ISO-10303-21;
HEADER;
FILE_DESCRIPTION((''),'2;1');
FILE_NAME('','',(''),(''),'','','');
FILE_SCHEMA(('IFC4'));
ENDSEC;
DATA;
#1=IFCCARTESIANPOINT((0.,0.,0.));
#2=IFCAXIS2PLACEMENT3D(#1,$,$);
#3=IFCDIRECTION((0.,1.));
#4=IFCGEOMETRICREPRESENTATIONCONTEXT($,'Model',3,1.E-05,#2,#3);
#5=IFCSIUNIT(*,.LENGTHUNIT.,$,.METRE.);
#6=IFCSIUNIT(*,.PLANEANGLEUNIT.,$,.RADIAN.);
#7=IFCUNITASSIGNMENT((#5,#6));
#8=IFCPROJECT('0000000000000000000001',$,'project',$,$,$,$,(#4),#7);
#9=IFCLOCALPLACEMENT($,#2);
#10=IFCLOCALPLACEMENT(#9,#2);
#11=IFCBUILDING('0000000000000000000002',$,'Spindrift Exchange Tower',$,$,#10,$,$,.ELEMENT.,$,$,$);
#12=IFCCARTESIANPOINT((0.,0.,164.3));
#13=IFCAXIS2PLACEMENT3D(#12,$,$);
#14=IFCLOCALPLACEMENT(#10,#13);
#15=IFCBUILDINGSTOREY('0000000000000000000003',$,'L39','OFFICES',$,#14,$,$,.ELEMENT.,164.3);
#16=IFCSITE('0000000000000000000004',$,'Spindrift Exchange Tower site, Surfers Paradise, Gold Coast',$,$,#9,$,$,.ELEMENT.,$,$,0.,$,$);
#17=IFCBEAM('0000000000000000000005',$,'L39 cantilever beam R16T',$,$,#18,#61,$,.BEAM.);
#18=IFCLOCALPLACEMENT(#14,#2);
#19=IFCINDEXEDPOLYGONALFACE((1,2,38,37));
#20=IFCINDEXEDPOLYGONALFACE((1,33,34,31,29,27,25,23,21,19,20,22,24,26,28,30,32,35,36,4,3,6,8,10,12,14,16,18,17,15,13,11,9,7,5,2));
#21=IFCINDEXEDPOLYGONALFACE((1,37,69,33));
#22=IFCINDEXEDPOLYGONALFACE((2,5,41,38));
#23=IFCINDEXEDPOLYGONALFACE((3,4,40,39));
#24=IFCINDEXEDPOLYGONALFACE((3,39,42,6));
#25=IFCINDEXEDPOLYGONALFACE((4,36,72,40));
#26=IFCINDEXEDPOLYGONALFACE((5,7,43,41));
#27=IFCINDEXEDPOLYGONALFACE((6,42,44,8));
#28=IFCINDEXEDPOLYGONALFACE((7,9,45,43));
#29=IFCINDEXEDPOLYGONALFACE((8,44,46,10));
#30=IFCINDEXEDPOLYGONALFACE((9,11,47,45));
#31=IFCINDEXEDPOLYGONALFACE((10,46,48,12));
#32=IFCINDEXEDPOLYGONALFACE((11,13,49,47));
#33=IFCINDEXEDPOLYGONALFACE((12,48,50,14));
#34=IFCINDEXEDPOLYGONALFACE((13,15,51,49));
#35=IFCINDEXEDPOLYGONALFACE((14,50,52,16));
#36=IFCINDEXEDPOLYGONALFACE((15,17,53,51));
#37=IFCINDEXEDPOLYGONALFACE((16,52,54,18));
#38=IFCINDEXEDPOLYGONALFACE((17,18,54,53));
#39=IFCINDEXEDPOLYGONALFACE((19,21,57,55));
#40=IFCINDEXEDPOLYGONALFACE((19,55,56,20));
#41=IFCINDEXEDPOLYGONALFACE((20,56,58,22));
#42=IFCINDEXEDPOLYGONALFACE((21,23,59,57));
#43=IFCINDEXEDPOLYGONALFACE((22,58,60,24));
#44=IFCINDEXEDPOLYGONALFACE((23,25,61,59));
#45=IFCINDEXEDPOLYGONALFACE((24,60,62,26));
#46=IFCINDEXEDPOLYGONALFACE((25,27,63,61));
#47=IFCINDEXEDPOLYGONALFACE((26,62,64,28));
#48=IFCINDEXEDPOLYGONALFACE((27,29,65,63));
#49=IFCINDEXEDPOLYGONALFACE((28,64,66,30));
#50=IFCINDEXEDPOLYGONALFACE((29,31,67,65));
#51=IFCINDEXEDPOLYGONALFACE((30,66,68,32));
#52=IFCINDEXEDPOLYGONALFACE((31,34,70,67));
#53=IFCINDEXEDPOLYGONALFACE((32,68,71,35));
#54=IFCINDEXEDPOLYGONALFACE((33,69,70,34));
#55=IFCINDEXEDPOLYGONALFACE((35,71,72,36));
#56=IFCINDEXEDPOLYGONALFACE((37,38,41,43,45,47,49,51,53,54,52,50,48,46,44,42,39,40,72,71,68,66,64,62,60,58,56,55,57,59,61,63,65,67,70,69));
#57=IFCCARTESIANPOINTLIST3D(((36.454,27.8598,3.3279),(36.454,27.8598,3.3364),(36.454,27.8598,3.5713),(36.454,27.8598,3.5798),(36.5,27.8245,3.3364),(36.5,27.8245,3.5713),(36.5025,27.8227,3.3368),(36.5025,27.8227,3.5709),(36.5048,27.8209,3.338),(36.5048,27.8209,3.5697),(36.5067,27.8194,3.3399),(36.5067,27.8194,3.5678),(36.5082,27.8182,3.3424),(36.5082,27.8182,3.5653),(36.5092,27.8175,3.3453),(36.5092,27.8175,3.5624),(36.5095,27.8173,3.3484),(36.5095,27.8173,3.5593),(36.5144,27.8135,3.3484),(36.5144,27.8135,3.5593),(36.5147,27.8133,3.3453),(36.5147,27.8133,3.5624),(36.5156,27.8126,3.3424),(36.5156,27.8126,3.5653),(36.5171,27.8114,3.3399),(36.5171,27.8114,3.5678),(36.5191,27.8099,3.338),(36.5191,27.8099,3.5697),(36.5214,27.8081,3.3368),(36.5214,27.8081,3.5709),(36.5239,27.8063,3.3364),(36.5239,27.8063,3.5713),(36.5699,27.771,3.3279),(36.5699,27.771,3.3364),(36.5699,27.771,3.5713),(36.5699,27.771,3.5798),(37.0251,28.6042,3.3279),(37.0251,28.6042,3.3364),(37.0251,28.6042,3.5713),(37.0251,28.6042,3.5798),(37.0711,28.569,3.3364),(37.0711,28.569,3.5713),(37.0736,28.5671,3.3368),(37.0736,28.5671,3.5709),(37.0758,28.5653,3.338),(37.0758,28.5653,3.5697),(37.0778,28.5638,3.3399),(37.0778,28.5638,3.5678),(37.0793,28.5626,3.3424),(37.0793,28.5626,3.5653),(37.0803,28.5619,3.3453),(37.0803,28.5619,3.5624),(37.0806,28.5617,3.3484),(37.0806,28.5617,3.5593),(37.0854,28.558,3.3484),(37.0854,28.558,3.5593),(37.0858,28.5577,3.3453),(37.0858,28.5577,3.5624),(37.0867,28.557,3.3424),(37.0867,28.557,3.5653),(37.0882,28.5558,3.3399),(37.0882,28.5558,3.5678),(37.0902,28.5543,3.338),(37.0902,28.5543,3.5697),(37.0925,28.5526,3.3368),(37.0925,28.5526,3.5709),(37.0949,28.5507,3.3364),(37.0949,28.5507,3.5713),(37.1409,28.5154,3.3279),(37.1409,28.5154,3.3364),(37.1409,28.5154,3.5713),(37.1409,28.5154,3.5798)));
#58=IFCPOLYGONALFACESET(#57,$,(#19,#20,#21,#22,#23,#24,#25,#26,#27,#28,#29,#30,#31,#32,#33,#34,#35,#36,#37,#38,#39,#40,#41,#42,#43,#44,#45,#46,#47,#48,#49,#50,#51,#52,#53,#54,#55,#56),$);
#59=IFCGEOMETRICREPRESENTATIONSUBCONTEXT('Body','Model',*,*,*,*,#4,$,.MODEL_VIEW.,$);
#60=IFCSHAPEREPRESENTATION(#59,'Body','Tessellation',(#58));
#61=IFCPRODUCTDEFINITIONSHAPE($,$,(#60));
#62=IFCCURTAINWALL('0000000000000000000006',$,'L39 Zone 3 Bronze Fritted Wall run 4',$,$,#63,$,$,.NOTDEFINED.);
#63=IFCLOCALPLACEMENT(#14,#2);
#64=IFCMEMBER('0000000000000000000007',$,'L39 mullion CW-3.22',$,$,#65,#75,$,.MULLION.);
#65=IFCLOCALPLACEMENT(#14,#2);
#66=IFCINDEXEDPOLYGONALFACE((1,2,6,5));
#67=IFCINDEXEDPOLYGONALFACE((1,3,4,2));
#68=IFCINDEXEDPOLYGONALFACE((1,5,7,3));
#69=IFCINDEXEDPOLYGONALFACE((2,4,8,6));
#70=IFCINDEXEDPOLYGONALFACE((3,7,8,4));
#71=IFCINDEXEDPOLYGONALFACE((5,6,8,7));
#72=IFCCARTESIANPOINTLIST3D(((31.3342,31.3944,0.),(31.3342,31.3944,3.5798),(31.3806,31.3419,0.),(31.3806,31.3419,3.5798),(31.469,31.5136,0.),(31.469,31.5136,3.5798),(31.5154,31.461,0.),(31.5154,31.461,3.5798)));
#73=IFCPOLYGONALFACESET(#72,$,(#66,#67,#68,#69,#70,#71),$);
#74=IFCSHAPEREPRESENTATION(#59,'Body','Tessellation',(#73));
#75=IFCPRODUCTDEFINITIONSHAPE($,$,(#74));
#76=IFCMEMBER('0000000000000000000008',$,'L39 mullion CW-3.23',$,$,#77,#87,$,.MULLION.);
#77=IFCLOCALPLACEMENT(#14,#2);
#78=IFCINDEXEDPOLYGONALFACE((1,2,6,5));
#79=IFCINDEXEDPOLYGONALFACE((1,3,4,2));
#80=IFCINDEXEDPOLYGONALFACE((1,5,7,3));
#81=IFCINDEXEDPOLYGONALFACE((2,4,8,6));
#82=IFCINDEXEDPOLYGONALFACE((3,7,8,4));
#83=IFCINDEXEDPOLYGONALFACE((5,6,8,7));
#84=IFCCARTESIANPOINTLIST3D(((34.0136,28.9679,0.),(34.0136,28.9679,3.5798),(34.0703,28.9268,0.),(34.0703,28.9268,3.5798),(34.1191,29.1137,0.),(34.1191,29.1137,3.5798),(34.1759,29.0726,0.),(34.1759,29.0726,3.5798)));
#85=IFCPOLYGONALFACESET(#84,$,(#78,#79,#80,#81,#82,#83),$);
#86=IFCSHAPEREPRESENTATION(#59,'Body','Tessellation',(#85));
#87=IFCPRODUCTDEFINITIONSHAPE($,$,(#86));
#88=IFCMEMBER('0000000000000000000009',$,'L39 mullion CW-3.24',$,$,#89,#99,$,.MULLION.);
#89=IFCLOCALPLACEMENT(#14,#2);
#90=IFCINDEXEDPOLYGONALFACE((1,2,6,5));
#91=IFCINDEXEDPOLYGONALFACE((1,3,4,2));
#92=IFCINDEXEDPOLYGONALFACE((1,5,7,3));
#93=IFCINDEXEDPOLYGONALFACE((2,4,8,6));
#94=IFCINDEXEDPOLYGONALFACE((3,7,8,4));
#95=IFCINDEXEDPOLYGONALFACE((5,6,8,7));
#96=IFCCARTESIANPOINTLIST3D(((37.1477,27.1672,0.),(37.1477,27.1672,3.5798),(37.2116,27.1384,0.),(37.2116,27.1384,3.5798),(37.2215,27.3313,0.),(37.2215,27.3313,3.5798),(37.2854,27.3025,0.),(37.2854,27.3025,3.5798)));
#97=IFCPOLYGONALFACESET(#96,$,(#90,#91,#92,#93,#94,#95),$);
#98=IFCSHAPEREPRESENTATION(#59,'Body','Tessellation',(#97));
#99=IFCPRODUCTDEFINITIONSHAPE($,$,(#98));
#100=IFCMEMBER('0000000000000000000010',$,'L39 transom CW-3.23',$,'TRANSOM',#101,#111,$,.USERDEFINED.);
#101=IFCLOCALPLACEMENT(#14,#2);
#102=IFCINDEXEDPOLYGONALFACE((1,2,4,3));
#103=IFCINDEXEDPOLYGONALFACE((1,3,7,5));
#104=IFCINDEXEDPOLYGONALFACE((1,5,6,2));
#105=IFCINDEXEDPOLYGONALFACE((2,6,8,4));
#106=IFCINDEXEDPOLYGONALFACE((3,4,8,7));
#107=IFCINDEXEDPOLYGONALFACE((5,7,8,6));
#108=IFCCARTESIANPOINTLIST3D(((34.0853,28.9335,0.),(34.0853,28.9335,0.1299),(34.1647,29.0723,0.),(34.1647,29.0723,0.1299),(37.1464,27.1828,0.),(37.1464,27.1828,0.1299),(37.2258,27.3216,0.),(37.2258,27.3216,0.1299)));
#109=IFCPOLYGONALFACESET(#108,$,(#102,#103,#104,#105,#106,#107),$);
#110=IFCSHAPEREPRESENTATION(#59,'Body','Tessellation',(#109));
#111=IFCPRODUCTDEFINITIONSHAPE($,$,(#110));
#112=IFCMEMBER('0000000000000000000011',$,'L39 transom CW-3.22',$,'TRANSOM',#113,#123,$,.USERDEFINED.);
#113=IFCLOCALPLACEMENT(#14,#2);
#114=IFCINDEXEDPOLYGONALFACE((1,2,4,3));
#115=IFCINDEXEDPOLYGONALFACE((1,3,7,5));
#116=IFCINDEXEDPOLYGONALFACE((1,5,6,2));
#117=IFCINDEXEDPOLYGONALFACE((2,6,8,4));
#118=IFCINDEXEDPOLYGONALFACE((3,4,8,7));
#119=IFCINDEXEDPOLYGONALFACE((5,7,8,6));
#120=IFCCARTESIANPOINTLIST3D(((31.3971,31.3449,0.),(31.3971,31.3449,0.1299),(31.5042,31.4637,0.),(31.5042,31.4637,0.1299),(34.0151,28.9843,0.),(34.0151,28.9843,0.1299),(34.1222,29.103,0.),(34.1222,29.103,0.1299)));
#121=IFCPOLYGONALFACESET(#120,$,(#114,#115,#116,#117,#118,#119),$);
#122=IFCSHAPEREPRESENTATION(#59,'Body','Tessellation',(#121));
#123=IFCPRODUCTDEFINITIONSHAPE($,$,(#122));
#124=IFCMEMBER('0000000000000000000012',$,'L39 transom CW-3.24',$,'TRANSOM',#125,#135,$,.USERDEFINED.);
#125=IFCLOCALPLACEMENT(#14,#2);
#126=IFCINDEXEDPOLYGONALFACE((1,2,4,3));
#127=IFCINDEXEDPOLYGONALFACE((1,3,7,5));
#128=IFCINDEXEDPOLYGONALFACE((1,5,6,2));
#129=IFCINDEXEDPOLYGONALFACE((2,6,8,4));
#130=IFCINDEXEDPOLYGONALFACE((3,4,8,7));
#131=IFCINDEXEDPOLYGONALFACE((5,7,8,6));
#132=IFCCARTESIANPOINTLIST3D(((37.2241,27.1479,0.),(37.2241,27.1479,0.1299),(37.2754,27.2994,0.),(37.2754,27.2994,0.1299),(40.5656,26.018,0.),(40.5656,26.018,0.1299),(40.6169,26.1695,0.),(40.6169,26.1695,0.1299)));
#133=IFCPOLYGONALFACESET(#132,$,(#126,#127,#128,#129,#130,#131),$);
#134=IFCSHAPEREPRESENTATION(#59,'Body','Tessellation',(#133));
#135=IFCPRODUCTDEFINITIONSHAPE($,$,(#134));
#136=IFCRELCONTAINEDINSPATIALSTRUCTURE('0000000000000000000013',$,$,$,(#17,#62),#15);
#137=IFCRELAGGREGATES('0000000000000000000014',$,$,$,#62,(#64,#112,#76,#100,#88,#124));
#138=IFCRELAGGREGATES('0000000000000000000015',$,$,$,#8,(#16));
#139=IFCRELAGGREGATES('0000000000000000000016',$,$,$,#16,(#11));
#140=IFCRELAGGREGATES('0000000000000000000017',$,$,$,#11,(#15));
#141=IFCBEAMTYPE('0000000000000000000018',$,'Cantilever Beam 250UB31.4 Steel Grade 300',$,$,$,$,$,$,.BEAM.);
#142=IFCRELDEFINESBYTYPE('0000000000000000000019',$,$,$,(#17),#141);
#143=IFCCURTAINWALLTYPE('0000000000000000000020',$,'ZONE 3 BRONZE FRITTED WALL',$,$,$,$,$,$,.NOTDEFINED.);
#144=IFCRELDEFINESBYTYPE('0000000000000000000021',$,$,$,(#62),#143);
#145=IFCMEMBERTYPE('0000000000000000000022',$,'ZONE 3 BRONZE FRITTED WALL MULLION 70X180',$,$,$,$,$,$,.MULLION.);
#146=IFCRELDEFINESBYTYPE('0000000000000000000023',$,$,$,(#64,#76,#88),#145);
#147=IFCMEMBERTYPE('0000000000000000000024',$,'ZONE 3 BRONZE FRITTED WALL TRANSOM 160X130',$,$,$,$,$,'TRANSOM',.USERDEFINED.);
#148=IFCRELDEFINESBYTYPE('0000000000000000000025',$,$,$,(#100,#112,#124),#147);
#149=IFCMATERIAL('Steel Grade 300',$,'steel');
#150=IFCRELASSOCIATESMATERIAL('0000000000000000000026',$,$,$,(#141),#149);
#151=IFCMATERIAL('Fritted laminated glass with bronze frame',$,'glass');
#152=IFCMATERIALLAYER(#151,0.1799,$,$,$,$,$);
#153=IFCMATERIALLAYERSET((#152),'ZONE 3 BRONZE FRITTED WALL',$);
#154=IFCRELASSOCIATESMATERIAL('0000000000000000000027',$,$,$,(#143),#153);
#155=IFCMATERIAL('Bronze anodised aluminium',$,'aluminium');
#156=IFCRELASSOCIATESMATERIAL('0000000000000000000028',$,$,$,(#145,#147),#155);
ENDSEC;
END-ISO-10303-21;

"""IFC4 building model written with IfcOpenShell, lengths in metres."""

from ifc_helpers import new_model, si_unit, direction, frame, origin, origin_2d, place, context, subcontext, project, spatial, rectangle, i_section, extrude, source, transform, mapped, material, layer, layer_set, material_profile, profile_set, type_object, element, aggregate, save


model = new_model("IFC4")

# Units and contexts
model_context = context("Model", 3, precision=1e-05, world=origin(), true_north=direction((0.0, 1.0)))
body_context = subcontext(model_context, "Body", "Model", "MODEL_VIEW")
ifc_project = project(units=[si_unit("LENGTHUNIT", "METRE"), si_unit("PLANEANGLEUNIT", "RADIAN")], contexts=[model_context])

# Site, building, storey
site_placement = place(None, origin())
site = spatial("IfcSite", under=ifc_project, at=site_placement, Name="Spindrift Exchange Tower site, Surfers Paradise, Gold Coast", CompositionType="ELEMENT", RefElevation=0.0)
building_placement = place(site_placement, origin())
building = spatial("IfcBuilding", under=site, at=building_placement, Name="Spindrift Exchange Tower", CompositionType="ELEMENT")
storey_placement = place(building_placement, frame((0.0, 0.0, 164.3)))
storey = spatial("IfcBuildingStorey", under=building, at=storey_placement, Name="L39", Description="OFFICES", CompositionType="ELEMENT", Elevation=164.3)

# Beam
ifc_material_1 = material(Name="Steel Grade 300", Category="steel")
ifc_material_profile_1 = material_profile(ifc_material_1, i_section(OverallWidth=0.146, OverallDepth=0.252, WebThickness=0.0061, FlangeThickness=0.0085, FilletRadius=0.012, at=origin_2d()), Name="250UB31.4")
ifc_profile_set_1 = profile_set([ifc_material_profile_1], Name="Steel Grade 300")
beam_type_1 = type_object("IfcBeamType", Name="Cantilever Beam 250UB31.4 Steel Grade 300", PredefinedType="BEAM", material=ifc_profile_set_1)
shared_shape_1 = source(origin(), body_context, "Body", "SweptSolid", [
    extrude(i_section(OverallWidth=0.146, OverallDepth=0.252, WebThickness=0.0061, FlangeThickness=0.0085, FilletRadius=0.012, at=origin_2d()), origin(), (0.0, 0.0, 1.0), 0.9382),
])
beam_1_placement = place(storey_placement, frame((37.083, 28.5598, 3.4539), z_axis=(-0.608666, -0.793426, 0.0), x_axis=(0.793426, -0.608666, 0.0)))
element("IfcBeam", 1, at=beam_1_placement, inside=storey, type_object=beam_type_1, Name="L39 cantilever beam R16T", PredefinedType="BEAM", context=body_context, shape_type="MappedRepresentation", body=[
    mapped(shared_shape_1, transform((0.0, 0.0, 0.0), scale=1.0)),
])

# Curtain wall, members
ifc_material_2 = material(Name="Fritted laminated glass with bronze frame", Category="glass")
ifc_layer_1 = layer(ifc_material_2, 0.1799)
ifc_layer_set_1 = layer_set([ifc_layer_1], Name="ZONE 3 BRONZE FRITTED WALL")
curtain_wall_type = type_object("IfcCurtainWallType", Name="ZONE 3 BRONZE FRITTED WALL", PredefinedType="NOTDEFINED", material=ifc_layer_set_1)
curtain_wall_placement = place(storey_placement, origin())
curtain_wall = element("IfcCurtainWall", 2, at=curtain_wall_placement, inside=storey, type_object=curtain_wall_type, Name="L39 Zone 3 Bronze Fritted Wall run 4", PredefinedType="NOTDEFINED")
ifc_material_3 = material(Name="Bronze anodised aluminium", Category="aluminium")
ifc_material_profile_2 = material_profile(ifc_material_3, rectangle(XDim=0.0701, YDim=0.1799, at=origin_2d()), Name="ZONE 3 BRONZE FRITTED WALL MULLION 70X180")
ifc_profile_set_2 = profile_set([ifc_material_profile_2], Name="Bronze anodised aluminium")
member_type_1 = type_object("IfcMemberType", Name="ZONE 3 BRONZE FRITTED WALL MULLION 70X180", PredefinedType="MULLION", material=ifc_profile_set_2)
shared_shape_2 = source(origin(), body_context, "Body", "SweptSolid", [
    extrude(rectangle(XDim=0.0701, YDim=0.1799, at=origin_2d()), origin(), (0.0, 0.0, 1.0), 3.5798),
])
member_1_placement = place(storey_placement, frame((31.4248, 31.4277, 0.0), z_axis=(0.0, 0.0, 1.0), x_axis=(0.662022, -0.749484, 0.0)))
member_1 = element("IfcMember", 3, at=member_1_placement, type_object=member_type_1, Name="L39 mullion CW-3.22", PredefinedType="MULLION", context=body_context, shape_type="MappedRepresentation", body=[
    mapped(shared_shape_2, transform((0.0, 0.0, 0.0), scale=1.0)),
])
member_2_placement = place(storey_placement, frame((34.0947, 29.0203, 0.0), z_axis=(0.0, 0.0, 1.0), x_axis=(0.810008, -0.586419, 0.0)))
member_2 = element("IfcMember", 4, at=member_2_placement, type_object=member_type_1, Name="L39 mullion CW-3.23", PredefinedType="MULLION", context=body_context, shape_type="MappedRepresentation", body=[
    mapped(shared_shape_2, transform((0.0, 0.0, 0.0), scale=1.0)),
])
member_3_placement = place(storey_placement, frame((37.2166, 27.2349, 0.0), z_axis=(0.0, 0.0, 1.0), x_axis=(0.911952, -0.410297, 0.0)))
member_3 = element("IfcMember", 5, at=member_3_placement, type_object=member_type_1, Name="L39 mullion CW-3.24", PredefinedType="MULLION", context=body_context, shape_type="MappedRepresentation", body=[
    mapped(shared_shape_2, transform((0.0, 0.0, 0.0), scale=1.0)),
])
ifc_material_profile_3 = material_profile(ifc_material_3, rectangle(XDim=0.1599, YDim=0.1299, at=origin_2d()), Name="ZONE 3 BRONZE FRITTED WALL TRANSOM 160X130")
ifc_profile_set_3 = profile_set([ifc_material_profile_3], Name="Bronze anodised aluminium")
member_type_2 = type_object("IfcMemberType", Name="ZONE 3 BRONZE FRITTED WALL TRANSOM 160X130", ElementType="TRANSOM", PredefinedType="USERDEFINED", material=ifc_profile_set_3)
shared_shape_3 = source(origin(), body_context, "Body", "SweptSolid", [
    extrude(rectangle(XDim=0.1599, YDim=0.1299, at=origin_2d()), origin(), (0.0, 0.0, 1.0), 3.5264),
])
member_4_placement = place(storey_placement, frame((34.125, 29.0029, 0.0649), z_axis=(0.868051, -0.496474, 0.0), x_axis=(0.496474, 0.868051, 0.0)))
member_4 = element("IfcMember", 6, at=member_4_placement, type_object=member_type_2, Name="L39 transom CW-3.23", ObjectType="TRANSOM", PredefinedType="USERDEFINED", context=body_context, shape_type="MappedRepresentation", body=[
    mapped(shared_shape_3, transform((0.0, 0.0, 0.0), scale=1.0)),
])
shared_shape_4 = source(origin(), body_context, "Body", "SweptSolid", [
    extrude(rectangle(XDim=0.1599, YDim=0.1299, at=origin_2d()), origin(), (0.0, 0.0, 1.0), 3.5251),
])
member_5_placement = place(storey_placement, frame((31.4507, 31.4043, 0.0649), z_axis=(0.742664, -0.669665, 0.0), x_axis=(0.669665, 0.742664, 0.0)))
member_5 = element("IfcMember", 7, at=member_5_placement, type_object=member_type_2, Name="L39 transom CW-3.22", ObjectType="TRANSOM", PredefinedType="USERDEFINED", context=body_context, shape_type="MappedRepresentation", body=[
    mapped(shared_shape_4, transform((0.0, 0.0, 0.0), scale=1.0)),
])
shared_shape_5 = source(origin(), body_context, "Body", "SweptSolid", [
    extrude(rectangle(XDim=0.1599, YDim=0.1299, at=origin_2d()), origin(), (0.0, 0.0, 1.0), 3.5273),
])
member_6_placement = place(storey_placement, frame((37.2498, 27.2236, 0.0649), z_axis=(0.947311, -0.320315, 0.0), x_axis=(0.320315, 0.947311, 0.0)))
member_6 = element("IfcMember", 8, at=member_6_placement, type_object=member_type_2, Name="L39 transom CW-3.24", ObjectType="TRANSOM", PredefinedType="USERDEFINED", context=body_context, shape_type="MappedRepresentation", body=[
    mapped(shared_shape_5, transform((0.0, 0.0, 0.0), scale=1.0)),
])

aggregate(curtain_wall, [member_1, member_5, member_2, member_4, member_3, member_6])

save(model, "model.ifc")
